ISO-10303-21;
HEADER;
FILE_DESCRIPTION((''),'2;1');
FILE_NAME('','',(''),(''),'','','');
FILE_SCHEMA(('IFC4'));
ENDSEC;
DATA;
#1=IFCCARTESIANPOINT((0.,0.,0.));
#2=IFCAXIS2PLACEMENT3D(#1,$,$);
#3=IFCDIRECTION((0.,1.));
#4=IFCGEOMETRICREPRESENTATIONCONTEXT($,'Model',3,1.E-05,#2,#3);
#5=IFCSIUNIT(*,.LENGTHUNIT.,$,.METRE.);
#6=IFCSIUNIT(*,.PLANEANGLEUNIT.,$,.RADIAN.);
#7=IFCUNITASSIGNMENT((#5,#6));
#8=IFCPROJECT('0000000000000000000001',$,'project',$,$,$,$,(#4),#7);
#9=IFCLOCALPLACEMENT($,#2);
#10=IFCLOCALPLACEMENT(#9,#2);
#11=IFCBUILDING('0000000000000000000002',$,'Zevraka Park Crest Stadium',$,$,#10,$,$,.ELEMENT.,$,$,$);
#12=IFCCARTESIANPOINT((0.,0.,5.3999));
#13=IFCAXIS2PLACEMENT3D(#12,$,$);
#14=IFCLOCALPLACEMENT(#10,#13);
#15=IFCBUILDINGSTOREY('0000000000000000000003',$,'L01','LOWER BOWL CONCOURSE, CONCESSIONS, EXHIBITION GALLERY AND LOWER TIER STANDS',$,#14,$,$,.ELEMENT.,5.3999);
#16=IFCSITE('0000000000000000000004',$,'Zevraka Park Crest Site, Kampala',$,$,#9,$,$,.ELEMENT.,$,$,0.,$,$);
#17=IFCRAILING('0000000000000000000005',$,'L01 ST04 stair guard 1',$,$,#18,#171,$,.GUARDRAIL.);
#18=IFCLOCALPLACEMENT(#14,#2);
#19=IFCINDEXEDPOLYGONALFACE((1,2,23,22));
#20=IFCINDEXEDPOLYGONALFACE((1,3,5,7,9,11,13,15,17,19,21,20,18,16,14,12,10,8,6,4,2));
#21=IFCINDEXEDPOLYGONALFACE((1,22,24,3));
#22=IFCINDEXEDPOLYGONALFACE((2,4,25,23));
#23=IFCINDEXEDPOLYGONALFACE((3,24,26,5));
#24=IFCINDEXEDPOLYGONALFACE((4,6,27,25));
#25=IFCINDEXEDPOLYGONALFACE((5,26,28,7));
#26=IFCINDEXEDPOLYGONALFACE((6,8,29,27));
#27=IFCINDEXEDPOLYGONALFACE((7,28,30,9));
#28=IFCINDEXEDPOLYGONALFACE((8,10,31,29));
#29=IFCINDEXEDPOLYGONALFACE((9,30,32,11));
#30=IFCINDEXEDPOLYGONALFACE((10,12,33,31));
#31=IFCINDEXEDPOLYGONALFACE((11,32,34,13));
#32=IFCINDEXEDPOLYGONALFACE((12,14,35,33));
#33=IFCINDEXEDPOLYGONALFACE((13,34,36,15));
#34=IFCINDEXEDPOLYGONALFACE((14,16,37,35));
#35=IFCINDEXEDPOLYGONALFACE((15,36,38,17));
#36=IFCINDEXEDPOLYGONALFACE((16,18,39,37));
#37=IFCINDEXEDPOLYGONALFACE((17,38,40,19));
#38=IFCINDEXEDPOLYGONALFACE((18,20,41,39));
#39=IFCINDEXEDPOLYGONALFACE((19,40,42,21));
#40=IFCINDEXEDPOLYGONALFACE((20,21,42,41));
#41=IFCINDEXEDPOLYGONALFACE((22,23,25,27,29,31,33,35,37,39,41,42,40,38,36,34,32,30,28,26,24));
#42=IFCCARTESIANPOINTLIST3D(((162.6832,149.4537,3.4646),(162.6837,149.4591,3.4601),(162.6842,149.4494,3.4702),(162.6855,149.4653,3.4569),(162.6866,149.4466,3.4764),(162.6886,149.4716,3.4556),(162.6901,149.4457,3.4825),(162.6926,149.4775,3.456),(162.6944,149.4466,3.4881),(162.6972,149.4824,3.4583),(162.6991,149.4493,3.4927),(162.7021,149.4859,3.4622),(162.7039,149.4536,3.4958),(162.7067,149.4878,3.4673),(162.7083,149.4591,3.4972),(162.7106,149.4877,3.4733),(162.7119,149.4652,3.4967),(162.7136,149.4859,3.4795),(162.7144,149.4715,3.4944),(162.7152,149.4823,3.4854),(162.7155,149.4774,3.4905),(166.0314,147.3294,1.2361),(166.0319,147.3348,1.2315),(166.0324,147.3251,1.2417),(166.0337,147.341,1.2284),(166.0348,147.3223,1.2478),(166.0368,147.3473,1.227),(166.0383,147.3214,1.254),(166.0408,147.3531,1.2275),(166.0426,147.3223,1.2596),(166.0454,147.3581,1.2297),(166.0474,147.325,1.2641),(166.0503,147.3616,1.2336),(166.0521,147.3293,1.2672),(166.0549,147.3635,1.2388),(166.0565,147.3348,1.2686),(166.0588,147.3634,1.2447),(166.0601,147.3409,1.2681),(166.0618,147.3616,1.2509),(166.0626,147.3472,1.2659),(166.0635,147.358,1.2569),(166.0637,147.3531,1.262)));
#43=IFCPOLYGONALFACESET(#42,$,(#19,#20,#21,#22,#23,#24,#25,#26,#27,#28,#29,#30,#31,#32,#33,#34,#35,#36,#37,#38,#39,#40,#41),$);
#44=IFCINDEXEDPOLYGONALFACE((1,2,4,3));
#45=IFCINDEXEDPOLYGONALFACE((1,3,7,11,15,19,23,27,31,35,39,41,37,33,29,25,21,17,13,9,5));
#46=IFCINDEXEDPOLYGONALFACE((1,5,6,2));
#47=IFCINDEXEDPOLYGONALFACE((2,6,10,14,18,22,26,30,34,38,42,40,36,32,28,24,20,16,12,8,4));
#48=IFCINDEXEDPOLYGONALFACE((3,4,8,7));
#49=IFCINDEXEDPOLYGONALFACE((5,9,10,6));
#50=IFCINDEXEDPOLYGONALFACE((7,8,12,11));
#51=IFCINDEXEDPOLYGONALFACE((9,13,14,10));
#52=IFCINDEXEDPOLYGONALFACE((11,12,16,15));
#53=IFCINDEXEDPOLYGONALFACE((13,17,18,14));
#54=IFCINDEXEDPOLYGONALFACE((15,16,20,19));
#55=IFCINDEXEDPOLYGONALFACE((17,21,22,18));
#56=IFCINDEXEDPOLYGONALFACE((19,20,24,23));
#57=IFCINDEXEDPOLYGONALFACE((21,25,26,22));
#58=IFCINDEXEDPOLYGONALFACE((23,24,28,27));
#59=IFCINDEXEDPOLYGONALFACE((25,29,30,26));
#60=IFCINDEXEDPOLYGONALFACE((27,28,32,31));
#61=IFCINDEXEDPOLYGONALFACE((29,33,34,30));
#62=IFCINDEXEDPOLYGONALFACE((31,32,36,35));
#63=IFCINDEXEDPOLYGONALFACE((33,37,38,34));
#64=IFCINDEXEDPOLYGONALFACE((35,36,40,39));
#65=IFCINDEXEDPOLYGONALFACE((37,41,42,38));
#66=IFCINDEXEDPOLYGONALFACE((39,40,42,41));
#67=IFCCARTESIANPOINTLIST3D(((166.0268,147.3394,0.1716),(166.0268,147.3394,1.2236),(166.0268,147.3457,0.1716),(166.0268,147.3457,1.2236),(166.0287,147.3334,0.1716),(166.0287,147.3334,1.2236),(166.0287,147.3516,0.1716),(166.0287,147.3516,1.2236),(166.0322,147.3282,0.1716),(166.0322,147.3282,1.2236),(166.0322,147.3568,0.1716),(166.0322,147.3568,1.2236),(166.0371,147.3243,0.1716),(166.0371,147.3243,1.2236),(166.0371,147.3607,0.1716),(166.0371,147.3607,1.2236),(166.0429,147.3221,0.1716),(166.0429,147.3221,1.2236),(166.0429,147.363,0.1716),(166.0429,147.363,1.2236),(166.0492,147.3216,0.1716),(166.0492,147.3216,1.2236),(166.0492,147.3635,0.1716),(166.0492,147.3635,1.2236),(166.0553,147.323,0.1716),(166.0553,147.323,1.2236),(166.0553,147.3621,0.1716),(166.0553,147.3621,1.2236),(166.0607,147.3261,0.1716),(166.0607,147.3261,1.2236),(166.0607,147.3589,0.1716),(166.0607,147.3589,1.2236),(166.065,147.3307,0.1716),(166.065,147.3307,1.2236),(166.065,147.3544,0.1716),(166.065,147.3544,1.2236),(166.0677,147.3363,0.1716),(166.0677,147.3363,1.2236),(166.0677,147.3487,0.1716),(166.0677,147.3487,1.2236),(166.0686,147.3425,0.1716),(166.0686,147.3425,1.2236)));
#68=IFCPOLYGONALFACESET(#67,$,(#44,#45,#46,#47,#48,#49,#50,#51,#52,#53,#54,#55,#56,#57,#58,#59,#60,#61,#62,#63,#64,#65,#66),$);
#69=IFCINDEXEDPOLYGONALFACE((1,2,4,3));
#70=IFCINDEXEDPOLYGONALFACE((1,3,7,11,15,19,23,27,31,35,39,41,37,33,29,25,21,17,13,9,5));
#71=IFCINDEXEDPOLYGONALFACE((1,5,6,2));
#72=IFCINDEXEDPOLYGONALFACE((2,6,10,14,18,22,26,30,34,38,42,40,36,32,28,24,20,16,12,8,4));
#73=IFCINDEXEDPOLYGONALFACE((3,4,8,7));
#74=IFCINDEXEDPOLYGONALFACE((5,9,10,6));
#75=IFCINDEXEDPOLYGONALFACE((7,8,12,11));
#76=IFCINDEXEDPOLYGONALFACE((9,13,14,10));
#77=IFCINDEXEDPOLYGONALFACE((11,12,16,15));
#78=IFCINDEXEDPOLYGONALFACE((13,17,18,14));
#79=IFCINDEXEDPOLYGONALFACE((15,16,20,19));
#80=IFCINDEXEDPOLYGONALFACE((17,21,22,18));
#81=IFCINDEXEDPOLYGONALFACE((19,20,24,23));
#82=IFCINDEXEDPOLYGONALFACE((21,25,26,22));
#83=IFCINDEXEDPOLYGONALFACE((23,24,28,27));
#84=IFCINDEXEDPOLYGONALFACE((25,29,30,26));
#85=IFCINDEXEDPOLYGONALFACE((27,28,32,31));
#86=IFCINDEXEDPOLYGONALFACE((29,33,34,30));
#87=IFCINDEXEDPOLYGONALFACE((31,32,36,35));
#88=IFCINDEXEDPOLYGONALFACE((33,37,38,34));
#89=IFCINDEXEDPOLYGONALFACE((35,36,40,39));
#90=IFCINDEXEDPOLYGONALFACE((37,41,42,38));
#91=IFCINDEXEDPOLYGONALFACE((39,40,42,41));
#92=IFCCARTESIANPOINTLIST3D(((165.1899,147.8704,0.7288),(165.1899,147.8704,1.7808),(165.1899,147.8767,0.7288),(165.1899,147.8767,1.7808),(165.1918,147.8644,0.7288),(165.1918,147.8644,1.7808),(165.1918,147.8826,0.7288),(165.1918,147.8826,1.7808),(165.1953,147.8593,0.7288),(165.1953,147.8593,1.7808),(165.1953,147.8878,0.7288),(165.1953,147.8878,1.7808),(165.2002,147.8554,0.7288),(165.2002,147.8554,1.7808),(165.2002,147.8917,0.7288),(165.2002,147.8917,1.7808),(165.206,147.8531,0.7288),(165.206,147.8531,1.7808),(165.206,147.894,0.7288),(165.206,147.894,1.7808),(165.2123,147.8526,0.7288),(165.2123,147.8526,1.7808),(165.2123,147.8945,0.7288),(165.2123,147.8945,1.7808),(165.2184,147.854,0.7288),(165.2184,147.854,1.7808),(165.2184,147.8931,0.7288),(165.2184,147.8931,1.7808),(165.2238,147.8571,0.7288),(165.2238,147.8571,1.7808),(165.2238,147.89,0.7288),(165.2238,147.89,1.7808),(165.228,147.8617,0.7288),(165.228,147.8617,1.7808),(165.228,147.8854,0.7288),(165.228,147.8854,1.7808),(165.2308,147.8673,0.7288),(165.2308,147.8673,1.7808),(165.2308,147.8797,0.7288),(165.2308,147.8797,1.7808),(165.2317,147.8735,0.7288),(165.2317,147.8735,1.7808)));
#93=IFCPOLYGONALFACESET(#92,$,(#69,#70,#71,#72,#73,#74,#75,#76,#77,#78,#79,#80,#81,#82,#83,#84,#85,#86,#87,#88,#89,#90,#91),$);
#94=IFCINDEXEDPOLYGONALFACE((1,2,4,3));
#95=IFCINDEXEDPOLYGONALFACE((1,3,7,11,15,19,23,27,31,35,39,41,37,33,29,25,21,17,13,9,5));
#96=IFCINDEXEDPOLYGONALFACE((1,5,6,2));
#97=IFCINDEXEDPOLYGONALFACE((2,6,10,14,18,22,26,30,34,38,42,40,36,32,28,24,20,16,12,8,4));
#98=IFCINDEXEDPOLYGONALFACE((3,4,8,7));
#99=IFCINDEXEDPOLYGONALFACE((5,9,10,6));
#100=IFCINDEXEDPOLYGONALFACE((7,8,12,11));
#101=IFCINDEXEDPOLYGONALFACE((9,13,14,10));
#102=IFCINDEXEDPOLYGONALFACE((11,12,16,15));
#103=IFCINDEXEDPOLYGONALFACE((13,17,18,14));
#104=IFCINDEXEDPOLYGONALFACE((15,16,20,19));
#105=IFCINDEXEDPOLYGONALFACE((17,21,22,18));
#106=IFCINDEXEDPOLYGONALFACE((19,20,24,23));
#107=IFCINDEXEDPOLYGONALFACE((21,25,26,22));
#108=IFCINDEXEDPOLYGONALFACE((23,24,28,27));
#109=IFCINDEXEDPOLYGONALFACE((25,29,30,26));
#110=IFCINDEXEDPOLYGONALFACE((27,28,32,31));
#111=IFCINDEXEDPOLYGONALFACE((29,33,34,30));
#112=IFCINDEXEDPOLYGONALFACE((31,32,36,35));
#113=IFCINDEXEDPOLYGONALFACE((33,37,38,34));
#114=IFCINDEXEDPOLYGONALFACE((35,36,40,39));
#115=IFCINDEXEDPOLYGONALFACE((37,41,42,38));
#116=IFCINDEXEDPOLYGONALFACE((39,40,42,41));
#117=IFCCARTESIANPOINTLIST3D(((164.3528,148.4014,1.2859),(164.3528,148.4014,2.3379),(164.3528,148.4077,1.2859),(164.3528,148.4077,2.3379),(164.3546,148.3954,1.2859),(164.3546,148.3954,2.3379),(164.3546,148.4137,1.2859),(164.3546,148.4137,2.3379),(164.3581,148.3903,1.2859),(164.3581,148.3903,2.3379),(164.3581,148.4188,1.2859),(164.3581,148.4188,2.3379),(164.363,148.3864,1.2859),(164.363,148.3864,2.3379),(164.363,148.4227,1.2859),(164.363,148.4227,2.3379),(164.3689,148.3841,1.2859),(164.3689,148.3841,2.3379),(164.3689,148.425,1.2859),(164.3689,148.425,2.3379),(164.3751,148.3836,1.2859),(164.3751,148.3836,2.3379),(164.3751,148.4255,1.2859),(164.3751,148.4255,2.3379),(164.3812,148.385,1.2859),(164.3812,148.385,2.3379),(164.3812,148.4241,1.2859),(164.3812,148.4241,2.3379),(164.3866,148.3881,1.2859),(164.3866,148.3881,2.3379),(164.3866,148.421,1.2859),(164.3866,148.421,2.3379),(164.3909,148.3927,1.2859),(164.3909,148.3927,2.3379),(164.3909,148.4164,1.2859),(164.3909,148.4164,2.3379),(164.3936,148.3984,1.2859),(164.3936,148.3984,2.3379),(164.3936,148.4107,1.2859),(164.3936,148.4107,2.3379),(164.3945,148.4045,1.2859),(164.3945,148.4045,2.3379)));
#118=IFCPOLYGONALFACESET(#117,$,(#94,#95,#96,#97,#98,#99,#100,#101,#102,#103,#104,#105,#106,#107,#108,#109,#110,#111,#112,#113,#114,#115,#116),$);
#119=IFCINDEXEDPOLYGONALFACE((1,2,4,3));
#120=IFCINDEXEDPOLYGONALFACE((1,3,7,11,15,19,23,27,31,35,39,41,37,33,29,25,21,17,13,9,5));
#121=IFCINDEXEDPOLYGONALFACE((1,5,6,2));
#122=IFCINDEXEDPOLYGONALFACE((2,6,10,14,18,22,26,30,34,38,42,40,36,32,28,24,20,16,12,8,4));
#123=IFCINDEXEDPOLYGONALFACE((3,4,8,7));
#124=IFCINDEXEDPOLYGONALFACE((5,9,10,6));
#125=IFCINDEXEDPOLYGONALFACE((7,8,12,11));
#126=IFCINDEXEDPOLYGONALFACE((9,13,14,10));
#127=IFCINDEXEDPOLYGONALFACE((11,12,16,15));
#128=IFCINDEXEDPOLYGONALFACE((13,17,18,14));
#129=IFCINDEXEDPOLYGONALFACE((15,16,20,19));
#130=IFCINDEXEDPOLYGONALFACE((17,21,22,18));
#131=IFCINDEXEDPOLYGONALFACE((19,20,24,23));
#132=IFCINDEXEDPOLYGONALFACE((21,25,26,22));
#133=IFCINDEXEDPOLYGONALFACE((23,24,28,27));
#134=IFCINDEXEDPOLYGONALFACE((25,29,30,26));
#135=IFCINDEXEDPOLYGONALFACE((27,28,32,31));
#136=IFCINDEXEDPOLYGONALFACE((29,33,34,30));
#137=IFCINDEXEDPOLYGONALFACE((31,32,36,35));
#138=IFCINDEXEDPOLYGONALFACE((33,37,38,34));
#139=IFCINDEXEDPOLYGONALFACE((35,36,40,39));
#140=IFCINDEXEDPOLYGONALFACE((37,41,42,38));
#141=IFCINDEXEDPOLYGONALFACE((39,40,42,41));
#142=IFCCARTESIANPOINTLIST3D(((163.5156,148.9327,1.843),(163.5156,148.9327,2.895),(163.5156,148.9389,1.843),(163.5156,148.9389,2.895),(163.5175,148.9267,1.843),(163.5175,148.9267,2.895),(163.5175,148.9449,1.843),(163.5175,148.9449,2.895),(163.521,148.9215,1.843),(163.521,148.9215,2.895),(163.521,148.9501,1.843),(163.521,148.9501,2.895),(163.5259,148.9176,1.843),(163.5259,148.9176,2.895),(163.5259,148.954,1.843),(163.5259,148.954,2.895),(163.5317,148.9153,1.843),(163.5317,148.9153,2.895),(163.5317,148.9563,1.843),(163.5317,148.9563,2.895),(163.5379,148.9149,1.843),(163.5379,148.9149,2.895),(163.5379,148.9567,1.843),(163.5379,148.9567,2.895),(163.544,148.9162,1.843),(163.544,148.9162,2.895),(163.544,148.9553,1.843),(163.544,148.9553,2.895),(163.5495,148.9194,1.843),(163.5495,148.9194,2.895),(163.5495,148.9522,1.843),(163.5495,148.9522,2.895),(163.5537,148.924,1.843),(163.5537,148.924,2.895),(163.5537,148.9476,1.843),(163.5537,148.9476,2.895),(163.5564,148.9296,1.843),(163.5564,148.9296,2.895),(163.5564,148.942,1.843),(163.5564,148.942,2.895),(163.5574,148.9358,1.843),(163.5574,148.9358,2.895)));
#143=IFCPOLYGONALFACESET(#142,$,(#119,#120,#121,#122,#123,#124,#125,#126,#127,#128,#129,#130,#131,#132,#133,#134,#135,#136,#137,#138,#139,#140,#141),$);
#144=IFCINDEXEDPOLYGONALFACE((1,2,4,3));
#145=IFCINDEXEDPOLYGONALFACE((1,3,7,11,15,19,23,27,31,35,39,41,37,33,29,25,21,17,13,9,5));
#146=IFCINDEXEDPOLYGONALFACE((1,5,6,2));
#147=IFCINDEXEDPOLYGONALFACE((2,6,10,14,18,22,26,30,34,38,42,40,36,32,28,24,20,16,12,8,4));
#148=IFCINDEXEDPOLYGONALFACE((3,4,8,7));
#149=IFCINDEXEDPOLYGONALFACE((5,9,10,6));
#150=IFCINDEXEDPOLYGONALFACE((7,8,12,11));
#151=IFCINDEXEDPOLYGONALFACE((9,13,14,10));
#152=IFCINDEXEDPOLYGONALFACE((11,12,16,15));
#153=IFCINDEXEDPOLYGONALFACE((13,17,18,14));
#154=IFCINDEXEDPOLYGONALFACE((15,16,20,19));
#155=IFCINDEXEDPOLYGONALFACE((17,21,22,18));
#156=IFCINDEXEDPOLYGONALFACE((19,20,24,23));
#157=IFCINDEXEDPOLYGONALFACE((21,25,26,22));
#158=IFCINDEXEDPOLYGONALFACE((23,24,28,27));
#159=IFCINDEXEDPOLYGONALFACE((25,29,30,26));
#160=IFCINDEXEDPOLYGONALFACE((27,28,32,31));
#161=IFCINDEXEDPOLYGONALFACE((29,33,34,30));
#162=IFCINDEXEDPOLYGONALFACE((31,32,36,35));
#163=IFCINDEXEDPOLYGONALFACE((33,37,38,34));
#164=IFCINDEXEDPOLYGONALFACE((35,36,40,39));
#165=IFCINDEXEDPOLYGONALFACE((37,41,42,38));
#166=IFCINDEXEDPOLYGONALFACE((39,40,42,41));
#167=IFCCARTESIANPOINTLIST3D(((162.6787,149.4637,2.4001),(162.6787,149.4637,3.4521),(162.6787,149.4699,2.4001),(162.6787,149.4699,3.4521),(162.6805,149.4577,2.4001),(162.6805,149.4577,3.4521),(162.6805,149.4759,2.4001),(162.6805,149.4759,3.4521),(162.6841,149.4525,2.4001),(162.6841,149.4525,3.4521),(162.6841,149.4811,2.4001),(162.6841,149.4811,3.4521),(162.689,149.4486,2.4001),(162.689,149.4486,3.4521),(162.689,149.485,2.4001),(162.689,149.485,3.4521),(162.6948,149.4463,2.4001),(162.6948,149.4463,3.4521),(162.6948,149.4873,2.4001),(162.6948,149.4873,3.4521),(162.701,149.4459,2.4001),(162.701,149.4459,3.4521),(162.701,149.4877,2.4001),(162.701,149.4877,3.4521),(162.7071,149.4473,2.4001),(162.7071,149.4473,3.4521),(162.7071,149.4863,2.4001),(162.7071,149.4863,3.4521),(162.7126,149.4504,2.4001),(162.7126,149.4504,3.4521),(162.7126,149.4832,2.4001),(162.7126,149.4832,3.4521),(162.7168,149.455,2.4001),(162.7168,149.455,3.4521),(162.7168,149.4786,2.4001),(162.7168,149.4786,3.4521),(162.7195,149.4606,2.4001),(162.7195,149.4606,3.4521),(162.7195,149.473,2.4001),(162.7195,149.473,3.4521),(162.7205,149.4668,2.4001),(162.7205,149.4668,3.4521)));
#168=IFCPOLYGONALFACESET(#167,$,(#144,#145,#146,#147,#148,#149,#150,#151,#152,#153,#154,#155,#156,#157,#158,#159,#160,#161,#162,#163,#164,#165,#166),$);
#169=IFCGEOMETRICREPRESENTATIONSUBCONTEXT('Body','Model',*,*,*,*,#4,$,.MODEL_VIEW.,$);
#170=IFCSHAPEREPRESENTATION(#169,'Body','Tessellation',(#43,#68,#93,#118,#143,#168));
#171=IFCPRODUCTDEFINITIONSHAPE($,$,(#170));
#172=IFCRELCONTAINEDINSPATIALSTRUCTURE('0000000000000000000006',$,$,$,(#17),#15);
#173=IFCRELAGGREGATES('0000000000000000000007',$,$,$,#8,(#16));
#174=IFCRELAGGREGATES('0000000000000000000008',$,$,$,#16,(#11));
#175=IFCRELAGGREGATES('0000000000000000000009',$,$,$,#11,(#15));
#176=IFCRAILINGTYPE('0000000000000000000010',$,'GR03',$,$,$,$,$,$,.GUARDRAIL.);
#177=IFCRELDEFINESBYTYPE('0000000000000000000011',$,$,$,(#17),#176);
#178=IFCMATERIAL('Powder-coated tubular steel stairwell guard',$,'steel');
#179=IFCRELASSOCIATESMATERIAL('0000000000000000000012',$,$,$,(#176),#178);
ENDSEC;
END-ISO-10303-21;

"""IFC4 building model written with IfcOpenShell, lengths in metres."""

from ifc_helpers import new_model, si_unit, direction, frame, origin, origin_2d, place, context, subcontext, project, spatial, circle, extrude, material, type_object, element, save


model = new_model("IFC4")

# Units and contexts
model_context = context("Model", 3, precision=1e-05, world=origin(), true_north=direction((0.0, 1.0)))
body_context = subcontext(model_context, "Body", "Model", "MODEL_VIEW")
ifc_project = project(units=[si_unit("LENGTHUNIT", "METRE"), si_unit("PLANEANGLEUNIT", "RADIAN")], contexts=[model_context])

# Site, building, storey
site_placement = place(None, origin())
site = spatial("IfcSite", under=ifc_project, at=site_placement, Name="Zevraka Park Crest Site, Kampala", CompositionType="ELEMENT", RefElevation=0.0)
building_placement = place(site_placement, origin())
building = spatial("IfcBuilding", under=site, at=building_placement, Name="Zevraka Park Crest Stadium", CompositionType="ELEMENT")
storey_placement = place(building_placement, frame((0.0, 0.0, 5.3999)))
storey = spatial("IfcBuildingStorey", under=building, at=storey_placement, Name="L01", Description="LOWER BOWL CONCOURSE, CONCESSIONS, EXHIBITION GALLERY AND LOWER TIER STANDS", CompositionType="ELEMENT", Elevation=5.3999)

# Railing
ifc_material_1 = material(Name="Powder-coated tubular steel stairwell guard", Category="steel")
railing_type_1 = type_object("IfcRailingType", Name="GR03", PredefinedType="GUARDRAIL", material=ifc_material_1)
railing_1_placement = place(storey_placement, frame((166.0476, 147.3425, 0.1716)))
element("IfcRailing", 1, at=railing_1_placement, inside=storey, type_object=railing_type_1, Name="L01 ST04 stair guard 1", PredefinedType="GUARDRAIL", context=body_context, shape_type="SweptSolid", body=[
    extrude(circle(Radius=0.0239, at=origin_2d()), frame((0.0, 0.0, 1.0762), z_axis=(-0.736098, 0.467026, 0.489945), x_axis=(-0.535732, -0.844388, 0.0)), (0.0, 0.0, 1.0), 4.5486),
    extrude(circle(Radius=0.021, at=origin_2d()), origin(), (0.0, 0.0, 1.0), 1.052),
    extrude(circle(Radius=0.021, at=origin_2d()), frame((-0.8369, 0.531, 0.5571)), (0.0, 0.0, 1.0), 1.052),
    extrude(circle(Radius=0.021, at=origin_2d()), frame((-1.6741, 1.062, 1.1143)), (0.0, 0.0, 1.0), 1.052),
    extrude(circle(Radius=0.021, at=origin_2d()), frame((-2.5112, 1.5933, 1.6714)), (0.0, 0.0, 1.0), 1.052),
    extrude(circle(Radius=0.021, at=origin_2d()), frame((-3.3481, 2.1243, 2.2285)), (0.0, 0.0, 1.0), 1.052),
])

save(model, "model.ifc")
